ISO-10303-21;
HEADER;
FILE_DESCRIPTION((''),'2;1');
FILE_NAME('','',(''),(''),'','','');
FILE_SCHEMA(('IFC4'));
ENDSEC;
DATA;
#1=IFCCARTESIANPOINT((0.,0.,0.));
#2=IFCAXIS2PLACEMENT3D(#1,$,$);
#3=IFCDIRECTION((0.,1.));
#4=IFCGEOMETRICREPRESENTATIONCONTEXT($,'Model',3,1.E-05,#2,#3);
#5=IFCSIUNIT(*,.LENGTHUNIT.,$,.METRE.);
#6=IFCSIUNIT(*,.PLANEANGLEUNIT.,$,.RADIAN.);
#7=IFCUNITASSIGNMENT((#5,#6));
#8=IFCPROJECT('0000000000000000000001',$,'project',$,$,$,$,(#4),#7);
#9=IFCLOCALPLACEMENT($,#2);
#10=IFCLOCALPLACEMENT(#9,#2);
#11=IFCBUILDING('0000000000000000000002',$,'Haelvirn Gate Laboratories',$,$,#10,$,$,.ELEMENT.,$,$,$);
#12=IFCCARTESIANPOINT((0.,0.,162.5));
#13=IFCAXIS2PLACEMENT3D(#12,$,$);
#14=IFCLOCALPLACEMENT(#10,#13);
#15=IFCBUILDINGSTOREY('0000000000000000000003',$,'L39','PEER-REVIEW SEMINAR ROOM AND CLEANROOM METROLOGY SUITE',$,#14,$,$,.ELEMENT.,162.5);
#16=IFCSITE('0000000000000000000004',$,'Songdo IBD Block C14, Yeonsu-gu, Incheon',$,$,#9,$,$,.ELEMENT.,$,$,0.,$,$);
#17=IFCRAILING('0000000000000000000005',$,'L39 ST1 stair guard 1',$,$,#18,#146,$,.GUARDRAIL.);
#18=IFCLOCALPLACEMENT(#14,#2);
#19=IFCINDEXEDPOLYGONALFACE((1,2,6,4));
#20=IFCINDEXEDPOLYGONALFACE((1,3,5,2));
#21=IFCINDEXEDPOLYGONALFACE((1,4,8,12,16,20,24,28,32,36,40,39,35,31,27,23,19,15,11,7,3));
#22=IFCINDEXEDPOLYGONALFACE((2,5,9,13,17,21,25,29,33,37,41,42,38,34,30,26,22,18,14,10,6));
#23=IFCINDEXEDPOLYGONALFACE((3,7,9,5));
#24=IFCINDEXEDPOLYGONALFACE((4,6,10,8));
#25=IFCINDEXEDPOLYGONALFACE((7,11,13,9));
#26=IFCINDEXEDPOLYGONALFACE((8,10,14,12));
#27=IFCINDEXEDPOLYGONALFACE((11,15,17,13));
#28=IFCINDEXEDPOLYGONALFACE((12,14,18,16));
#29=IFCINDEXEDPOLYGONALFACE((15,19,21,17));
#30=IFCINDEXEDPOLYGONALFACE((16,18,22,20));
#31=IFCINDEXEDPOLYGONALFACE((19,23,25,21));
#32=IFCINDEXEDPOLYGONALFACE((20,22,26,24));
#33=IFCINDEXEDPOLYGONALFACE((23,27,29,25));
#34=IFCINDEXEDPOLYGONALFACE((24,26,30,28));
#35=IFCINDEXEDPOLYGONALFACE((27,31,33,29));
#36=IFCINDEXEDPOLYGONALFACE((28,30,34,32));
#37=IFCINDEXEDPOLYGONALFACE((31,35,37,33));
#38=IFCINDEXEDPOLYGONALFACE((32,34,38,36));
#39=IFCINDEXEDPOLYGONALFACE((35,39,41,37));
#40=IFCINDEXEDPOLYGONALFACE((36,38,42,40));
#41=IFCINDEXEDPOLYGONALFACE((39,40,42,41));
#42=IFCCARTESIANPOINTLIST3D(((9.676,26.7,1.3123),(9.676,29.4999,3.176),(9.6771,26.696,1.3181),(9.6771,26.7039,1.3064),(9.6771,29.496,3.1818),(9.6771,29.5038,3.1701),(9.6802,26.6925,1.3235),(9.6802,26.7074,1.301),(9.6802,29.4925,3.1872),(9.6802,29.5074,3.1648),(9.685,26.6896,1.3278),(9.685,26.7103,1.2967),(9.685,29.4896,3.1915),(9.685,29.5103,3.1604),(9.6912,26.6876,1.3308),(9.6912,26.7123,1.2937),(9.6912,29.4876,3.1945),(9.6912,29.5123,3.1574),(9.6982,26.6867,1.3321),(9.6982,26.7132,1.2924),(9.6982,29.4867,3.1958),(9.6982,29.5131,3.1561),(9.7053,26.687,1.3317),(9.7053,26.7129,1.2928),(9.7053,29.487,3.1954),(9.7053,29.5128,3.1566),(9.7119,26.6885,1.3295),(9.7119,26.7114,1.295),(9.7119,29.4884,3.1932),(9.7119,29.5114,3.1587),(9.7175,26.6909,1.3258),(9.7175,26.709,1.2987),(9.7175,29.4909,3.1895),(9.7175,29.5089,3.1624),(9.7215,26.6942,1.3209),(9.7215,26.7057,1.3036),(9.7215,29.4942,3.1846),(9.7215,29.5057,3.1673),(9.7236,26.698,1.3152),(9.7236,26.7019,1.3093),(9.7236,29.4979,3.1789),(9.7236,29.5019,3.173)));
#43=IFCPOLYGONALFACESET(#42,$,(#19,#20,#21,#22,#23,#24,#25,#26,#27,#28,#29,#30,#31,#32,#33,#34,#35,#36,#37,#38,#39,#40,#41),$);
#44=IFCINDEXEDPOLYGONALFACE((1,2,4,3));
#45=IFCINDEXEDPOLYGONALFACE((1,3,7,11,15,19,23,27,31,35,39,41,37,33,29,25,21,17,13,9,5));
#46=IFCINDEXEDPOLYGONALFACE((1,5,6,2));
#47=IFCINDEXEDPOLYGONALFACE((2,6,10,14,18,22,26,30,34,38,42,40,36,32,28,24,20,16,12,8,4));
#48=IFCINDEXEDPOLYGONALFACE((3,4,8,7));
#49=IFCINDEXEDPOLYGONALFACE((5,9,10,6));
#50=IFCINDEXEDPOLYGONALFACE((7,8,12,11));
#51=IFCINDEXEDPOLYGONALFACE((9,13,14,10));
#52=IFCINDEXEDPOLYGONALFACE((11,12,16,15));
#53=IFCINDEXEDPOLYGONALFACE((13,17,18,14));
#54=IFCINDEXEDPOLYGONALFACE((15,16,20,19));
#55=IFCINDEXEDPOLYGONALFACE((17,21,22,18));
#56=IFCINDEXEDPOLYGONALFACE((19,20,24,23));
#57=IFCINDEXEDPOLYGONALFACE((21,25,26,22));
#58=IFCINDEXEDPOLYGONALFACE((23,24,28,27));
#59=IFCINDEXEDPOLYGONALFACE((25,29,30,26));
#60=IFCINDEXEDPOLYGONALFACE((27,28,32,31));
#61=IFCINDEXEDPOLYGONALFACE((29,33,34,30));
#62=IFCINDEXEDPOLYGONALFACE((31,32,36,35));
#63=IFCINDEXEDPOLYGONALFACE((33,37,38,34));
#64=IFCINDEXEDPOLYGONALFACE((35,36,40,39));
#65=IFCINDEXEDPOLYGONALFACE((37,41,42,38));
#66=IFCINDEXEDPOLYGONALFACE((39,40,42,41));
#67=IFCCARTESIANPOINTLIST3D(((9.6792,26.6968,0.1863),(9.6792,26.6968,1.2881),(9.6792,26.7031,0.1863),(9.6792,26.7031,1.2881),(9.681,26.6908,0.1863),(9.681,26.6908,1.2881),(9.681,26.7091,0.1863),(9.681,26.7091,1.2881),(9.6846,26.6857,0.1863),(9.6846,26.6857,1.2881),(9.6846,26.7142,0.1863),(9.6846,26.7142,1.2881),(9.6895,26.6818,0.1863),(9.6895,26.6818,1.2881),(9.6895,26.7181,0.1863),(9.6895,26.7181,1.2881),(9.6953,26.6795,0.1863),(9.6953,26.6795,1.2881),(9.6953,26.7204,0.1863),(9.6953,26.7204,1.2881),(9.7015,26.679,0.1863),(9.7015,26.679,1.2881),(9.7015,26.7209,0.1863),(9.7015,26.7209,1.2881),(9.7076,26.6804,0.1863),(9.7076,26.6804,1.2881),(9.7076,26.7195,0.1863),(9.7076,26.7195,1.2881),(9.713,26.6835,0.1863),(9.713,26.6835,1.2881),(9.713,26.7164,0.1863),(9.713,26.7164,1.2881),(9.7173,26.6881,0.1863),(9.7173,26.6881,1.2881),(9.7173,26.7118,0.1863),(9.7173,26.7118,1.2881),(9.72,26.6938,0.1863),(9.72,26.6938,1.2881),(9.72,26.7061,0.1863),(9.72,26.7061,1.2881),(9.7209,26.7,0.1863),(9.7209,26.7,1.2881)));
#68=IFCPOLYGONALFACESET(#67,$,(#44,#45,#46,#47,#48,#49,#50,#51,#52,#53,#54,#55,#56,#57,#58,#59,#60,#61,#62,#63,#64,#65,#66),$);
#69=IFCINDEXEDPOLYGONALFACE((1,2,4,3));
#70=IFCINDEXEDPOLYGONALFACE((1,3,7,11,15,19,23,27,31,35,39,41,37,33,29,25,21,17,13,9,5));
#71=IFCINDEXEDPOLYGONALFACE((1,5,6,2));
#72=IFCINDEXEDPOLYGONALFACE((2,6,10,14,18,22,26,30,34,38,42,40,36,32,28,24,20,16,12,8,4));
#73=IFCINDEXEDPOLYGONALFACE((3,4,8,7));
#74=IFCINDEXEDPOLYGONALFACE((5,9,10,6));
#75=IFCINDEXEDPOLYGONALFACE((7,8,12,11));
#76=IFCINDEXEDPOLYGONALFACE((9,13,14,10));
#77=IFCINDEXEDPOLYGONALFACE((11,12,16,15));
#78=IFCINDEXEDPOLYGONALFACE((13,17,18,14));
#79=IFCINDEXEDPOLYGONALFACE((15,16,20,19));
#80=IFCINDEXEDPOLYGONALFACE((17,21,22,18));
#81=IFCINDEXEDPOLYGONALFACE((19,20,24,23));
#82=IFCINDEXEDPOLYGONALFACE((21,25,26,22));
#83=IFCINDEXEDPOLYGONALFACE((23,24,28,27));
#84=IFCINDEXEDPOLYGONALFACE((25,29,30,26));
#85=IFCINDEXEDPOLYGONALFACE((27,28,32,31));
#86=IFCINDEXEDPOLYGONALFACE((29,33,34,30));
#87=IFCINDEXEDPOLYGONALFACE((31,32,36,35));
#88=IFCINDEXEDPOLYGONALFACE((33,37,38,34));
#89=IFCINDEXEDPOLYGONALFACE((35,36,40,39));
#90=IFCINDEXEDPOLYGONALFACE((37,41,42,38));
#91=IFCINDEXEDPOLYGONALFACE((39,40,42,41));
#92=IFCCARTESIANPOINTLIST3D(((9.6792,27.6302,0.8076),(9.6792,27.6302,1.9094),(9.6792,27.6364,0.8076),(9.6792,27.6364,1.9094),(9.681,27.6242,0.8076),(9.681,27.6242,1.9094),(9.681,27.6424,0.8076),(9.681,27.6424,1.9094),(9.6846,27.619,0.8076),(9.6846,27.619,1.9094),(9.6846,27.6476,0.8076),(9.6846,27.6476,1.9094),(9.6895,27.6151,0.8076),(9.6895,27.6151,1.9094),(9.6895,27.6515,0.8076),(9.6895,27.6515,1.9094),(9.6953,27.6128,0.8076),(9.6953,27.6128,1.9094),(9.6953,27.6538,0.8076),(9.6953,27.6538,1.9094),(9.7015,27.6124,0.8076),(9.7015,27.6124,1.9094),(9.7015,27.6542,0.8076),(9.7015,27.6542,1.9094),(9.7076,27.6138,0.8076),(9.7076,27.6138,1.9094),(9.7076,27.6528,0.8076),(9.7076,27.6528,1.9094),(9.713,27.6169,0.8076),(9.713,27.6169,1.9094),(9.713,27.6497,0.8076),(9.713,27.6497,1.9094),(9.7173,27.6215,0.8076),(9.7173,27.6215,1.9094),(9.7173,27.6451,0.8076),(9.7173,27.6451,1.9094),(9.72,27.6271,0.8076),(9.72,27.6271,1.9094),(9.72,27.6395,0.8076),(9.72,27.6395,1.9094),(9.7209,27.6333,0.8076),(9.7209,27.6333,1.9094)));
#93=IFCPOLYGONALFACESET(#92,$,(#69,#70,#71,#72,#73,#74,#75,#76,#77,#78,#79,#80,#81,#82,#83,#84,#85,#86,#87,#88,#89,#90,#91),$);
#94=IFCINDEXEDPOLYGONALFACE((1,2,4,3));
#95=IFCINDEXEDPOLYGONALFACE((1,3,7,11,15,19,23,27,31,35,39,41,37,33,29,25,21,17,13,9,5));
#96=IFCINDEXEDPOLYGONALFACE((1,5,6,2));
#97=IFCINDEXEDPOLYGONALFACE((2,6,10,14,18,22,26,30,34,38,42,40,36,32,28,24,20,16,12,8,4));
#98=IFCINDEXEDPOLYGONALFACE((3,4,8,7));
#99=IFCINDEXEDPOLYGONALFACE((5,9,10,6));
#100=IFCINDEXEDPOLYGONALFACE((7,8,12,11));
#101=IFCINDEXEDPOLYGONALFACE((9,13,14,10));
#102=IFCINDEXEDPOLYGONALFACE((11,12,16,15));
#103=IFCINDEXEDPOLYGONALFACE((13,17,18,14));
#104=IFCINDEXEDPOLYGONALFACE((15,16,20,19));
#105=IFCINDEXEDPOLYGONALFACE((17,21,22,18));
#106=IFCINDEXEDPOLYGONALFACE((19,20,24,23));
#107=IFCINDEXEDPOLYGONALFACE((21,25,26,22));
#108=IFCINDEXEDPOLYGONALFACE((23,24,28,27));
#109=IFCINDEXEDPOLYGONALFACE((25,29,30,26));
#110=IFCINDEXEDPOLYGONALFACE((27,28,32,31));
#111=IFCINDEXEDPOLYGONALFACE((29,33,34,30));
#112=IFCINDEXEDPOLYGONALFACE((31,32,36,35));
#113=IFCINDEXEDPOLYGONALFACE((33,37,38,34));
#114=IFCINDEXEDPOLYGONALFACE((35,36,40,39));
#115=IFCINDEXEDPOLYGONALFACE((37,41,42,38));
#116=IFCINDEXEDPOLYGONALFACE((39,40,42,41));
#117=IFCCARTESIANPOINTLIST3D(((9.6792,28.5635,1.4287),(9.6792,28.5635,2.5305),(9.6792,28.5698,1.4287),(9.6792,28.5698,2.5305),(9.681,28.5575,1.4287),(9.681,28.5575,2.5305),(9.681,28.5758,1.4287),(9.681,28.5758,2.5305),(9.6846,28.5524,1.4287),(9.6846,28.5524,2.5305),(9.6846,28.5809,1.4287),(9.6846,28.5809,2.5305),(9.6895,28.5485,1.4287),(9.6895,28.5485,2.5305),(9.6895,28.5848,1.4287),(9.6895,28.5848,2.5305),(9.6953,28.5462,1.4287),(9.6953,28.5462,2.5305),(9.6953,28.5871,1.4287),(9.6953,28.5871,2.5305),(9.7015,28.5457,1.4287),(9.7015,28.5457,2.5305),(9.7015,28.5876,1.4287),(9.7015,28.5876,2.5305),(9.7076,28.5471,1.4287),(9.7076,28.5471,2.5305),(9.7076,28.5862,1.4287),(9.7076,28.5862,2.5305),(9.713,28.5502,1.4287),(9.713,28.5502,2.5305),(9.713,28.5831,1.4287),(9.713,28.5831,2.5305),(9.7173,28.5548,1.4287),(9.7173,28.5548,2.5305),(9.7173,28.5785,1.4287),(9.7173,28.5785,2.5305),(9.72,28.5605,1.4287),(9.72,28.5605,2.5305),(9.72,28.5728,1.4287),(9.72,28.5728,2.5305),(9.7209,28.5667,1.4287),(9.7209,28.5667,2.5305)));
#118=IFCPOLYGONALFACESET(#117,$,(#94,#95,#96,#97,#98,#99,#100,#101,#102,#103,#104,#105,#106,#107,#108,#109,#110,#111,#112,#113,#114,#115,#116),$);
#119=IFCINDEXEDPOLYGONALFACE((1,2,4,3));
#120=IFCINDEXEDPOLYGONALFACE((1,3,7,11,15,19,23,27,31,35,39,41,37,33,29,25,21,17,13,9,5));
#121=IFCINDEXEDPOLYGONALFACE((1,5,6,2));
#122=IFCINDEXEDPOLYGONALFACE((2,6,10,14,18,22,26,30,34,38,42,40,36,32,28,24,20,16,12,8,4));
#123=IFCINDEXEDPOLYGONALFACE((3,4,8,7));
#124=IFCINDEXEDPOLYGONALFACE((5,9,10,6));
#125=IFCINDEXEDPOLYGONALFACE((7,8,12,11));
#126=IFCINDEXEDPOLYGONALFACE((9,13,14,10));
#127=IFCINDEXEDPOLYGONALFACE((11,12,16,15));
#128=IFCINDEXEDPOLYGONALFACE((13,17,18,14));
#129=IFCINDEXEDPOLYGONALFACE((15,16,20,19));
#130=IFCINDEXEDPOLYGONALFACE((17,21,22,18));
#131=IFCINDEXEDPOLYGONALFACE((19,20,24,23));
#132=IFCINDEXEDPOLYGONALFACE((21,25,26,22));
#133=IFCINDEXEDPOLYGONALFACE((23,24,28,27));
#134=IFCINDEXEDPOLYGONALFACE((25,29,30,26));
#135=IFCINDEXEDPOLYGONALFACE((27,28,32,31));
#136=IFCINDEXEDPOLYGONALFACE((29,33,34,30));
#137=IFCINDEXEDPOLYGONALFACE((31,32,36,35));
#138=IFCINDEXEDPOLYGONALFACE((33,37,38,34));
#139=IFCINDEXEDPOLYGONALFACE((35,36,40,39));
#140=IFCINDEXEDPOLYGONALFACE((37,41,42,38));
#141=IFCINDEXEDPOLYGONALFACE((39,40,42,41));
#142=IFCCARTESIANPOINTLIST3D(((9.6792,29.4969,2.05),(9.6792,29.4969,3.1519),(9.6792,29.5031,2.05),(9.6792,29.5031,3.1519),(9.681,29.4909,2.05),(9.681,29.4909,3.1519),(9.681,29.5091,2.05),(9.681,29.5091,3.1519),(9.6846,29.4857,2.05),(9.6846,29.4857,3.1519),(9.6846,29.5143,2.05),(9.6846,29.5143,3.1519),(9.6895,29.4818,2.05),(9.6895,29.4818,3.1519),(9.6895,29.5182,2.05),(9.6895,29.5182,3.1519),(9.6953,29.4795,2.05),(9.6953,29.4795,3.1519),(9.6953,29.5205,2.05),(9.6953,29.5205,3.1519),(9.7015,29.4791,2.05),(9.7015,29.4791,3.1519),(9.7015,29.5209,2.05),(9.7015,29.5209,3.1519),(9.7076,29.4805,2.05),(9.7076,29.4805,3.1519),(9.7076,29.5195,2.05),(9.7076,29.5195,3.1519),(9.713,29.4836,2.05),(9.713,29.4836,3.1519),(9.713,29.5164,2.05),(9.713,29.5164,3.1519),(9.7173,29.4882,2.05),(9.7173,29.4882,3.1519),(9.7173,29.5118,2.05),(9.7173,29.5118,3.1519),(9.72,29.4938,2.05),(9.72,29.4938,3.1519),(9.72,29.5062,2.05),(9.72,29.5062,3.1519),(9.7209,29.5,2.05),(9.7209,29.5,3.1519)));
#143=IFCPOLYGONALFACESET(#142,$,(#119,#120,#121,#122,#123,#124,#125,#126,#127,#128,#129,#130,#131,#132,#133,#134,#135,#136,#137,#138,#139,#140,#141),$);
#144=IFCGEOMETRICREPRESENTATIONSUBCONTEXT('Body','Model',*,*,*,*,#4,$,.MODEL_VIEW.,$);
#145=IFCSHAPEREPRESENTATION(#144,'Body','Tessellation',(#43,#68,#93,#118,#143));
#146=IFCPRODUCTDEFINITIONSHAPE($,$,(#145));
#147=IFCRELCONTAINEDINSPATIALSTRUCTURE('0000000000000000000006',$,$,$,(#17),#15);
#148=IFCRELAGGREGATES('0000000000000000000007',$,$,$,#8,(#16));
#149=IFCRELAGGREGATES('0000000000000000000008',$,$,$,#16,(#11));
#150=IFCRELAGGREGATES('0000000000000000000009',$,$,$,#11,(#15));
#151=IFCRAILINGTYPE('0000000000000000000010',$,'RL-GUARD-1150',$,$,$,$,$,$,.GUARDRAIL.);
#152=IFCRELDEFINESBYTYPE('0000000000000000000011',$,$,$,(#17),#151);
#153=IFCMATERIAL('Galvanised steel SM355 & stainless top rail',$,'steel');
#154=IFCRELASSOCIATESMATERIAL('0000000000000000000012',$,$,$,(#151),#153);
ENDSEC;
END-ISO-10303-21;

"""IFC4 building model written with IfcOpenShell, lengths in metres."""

from ifc_helpers import new_model, si_unit, direction, frame, origin, origin_2d, place, context, subcontext, project, spatial, circle, extrude, source, transform, mapped, material, type_object, element, save


model = new_model("IFC4")

# Units and contexts
model_context = context("Model", 3, precision=1e-05, world=origin(), true_north=direction((0.0, 1.0)))
body_context = subcontext(model_context, "Body", "Model", "MODEL_VIEW")
ifc_project = project(units=[si_unit("LENGTHUNIT", "METRE"), si_unit("PLANEANGLEUNIT", "RADIAN")], contexts=[model_context])

# Site, building, storey
site_placement = place(None, origin())
site = spatial("IfcSite", under=ifc_project, at=site_placement, Name="Songdo IBD Block C14, Yeonsu-gu, Incheon", CompositionType="ELEMENT", RefElevation=0.0)
building_placement = place(site_placement, origin())
building = spatial("IfcBuilding", under=site, at=building_placement, Name="Haelvirn Gate Laboratories", CompositionType="ELEMENT")
storey_placement = place(building_placement, frame((0.0, 0.0, 162.5)))
storey = spatial("IfcBuildingStorey", under=building, at=storey_placement, Name="L39", Description="PEER-REVIEW SEMINAR ROOM AND CLEANROOM METROLOGY SUITE", CompositionType="ELEMENT", Elevation=162.5)

# Railing
ifc_material_1 = material(Name="Galvanised steel SM355 & stainless top rail", Category="steel")
railing_type_1 = type_object("IfcRailingType", Name="RL-GUARD-1150", PredefinedType="GUARDRAIL", material=ifc_material_1)
shared_shape_1 = source(origin(), body_context, "Body", "SweptSolid", [
    extrude(circle(Radius=0.0239, at=origin_2d()), frame((0.0, 0.0, 1.126), z_axis=(0.0, 0.832452, 0.554097), x_axis=(-1.0, 0.0, 0.0)), (0.0, 0.0, 1.0), 3.3635),
    extrude(circle(Radius=0.021, at=origin_2d()), origin(), (0.0, 0.0, 1.0), 1.1018),
    extrude(circle(Radius=0.021, at=origin_2d()), frame((0.0, 0.9333, 0.6213)), (0.0, 0.0, 1.0), 1.1018),
    extrude(circle(Radius=0.021, at=origin_2d()), frame((0.0, 1.8667, 1.2424)), (0.0, 0.0, 1.0), 1.1018),
    extrude(circle(Radius=0.021, at=origin_2d()), frame((0.0, 2.8, 1.8638)), (0.0, 0.0, 1.0), 1.1018),
])
railing_1_placement = place(storey_placement, frame((9.7, 26.7, 0.1863)))
element("IfcRailing", 1, at=railing_1_placement, inside=storey, type_object=railing_type_1, Name="L39 ST1 stair guard 1", PredefinedType="GUARDRAIL", context=body_context, shape_type="MappedRepresentation", body=[
    mapped(shared_shape_1, transform((0.0, 0.0, 0.0), scale=1.0)),
])

save(model, "model.ifc")
